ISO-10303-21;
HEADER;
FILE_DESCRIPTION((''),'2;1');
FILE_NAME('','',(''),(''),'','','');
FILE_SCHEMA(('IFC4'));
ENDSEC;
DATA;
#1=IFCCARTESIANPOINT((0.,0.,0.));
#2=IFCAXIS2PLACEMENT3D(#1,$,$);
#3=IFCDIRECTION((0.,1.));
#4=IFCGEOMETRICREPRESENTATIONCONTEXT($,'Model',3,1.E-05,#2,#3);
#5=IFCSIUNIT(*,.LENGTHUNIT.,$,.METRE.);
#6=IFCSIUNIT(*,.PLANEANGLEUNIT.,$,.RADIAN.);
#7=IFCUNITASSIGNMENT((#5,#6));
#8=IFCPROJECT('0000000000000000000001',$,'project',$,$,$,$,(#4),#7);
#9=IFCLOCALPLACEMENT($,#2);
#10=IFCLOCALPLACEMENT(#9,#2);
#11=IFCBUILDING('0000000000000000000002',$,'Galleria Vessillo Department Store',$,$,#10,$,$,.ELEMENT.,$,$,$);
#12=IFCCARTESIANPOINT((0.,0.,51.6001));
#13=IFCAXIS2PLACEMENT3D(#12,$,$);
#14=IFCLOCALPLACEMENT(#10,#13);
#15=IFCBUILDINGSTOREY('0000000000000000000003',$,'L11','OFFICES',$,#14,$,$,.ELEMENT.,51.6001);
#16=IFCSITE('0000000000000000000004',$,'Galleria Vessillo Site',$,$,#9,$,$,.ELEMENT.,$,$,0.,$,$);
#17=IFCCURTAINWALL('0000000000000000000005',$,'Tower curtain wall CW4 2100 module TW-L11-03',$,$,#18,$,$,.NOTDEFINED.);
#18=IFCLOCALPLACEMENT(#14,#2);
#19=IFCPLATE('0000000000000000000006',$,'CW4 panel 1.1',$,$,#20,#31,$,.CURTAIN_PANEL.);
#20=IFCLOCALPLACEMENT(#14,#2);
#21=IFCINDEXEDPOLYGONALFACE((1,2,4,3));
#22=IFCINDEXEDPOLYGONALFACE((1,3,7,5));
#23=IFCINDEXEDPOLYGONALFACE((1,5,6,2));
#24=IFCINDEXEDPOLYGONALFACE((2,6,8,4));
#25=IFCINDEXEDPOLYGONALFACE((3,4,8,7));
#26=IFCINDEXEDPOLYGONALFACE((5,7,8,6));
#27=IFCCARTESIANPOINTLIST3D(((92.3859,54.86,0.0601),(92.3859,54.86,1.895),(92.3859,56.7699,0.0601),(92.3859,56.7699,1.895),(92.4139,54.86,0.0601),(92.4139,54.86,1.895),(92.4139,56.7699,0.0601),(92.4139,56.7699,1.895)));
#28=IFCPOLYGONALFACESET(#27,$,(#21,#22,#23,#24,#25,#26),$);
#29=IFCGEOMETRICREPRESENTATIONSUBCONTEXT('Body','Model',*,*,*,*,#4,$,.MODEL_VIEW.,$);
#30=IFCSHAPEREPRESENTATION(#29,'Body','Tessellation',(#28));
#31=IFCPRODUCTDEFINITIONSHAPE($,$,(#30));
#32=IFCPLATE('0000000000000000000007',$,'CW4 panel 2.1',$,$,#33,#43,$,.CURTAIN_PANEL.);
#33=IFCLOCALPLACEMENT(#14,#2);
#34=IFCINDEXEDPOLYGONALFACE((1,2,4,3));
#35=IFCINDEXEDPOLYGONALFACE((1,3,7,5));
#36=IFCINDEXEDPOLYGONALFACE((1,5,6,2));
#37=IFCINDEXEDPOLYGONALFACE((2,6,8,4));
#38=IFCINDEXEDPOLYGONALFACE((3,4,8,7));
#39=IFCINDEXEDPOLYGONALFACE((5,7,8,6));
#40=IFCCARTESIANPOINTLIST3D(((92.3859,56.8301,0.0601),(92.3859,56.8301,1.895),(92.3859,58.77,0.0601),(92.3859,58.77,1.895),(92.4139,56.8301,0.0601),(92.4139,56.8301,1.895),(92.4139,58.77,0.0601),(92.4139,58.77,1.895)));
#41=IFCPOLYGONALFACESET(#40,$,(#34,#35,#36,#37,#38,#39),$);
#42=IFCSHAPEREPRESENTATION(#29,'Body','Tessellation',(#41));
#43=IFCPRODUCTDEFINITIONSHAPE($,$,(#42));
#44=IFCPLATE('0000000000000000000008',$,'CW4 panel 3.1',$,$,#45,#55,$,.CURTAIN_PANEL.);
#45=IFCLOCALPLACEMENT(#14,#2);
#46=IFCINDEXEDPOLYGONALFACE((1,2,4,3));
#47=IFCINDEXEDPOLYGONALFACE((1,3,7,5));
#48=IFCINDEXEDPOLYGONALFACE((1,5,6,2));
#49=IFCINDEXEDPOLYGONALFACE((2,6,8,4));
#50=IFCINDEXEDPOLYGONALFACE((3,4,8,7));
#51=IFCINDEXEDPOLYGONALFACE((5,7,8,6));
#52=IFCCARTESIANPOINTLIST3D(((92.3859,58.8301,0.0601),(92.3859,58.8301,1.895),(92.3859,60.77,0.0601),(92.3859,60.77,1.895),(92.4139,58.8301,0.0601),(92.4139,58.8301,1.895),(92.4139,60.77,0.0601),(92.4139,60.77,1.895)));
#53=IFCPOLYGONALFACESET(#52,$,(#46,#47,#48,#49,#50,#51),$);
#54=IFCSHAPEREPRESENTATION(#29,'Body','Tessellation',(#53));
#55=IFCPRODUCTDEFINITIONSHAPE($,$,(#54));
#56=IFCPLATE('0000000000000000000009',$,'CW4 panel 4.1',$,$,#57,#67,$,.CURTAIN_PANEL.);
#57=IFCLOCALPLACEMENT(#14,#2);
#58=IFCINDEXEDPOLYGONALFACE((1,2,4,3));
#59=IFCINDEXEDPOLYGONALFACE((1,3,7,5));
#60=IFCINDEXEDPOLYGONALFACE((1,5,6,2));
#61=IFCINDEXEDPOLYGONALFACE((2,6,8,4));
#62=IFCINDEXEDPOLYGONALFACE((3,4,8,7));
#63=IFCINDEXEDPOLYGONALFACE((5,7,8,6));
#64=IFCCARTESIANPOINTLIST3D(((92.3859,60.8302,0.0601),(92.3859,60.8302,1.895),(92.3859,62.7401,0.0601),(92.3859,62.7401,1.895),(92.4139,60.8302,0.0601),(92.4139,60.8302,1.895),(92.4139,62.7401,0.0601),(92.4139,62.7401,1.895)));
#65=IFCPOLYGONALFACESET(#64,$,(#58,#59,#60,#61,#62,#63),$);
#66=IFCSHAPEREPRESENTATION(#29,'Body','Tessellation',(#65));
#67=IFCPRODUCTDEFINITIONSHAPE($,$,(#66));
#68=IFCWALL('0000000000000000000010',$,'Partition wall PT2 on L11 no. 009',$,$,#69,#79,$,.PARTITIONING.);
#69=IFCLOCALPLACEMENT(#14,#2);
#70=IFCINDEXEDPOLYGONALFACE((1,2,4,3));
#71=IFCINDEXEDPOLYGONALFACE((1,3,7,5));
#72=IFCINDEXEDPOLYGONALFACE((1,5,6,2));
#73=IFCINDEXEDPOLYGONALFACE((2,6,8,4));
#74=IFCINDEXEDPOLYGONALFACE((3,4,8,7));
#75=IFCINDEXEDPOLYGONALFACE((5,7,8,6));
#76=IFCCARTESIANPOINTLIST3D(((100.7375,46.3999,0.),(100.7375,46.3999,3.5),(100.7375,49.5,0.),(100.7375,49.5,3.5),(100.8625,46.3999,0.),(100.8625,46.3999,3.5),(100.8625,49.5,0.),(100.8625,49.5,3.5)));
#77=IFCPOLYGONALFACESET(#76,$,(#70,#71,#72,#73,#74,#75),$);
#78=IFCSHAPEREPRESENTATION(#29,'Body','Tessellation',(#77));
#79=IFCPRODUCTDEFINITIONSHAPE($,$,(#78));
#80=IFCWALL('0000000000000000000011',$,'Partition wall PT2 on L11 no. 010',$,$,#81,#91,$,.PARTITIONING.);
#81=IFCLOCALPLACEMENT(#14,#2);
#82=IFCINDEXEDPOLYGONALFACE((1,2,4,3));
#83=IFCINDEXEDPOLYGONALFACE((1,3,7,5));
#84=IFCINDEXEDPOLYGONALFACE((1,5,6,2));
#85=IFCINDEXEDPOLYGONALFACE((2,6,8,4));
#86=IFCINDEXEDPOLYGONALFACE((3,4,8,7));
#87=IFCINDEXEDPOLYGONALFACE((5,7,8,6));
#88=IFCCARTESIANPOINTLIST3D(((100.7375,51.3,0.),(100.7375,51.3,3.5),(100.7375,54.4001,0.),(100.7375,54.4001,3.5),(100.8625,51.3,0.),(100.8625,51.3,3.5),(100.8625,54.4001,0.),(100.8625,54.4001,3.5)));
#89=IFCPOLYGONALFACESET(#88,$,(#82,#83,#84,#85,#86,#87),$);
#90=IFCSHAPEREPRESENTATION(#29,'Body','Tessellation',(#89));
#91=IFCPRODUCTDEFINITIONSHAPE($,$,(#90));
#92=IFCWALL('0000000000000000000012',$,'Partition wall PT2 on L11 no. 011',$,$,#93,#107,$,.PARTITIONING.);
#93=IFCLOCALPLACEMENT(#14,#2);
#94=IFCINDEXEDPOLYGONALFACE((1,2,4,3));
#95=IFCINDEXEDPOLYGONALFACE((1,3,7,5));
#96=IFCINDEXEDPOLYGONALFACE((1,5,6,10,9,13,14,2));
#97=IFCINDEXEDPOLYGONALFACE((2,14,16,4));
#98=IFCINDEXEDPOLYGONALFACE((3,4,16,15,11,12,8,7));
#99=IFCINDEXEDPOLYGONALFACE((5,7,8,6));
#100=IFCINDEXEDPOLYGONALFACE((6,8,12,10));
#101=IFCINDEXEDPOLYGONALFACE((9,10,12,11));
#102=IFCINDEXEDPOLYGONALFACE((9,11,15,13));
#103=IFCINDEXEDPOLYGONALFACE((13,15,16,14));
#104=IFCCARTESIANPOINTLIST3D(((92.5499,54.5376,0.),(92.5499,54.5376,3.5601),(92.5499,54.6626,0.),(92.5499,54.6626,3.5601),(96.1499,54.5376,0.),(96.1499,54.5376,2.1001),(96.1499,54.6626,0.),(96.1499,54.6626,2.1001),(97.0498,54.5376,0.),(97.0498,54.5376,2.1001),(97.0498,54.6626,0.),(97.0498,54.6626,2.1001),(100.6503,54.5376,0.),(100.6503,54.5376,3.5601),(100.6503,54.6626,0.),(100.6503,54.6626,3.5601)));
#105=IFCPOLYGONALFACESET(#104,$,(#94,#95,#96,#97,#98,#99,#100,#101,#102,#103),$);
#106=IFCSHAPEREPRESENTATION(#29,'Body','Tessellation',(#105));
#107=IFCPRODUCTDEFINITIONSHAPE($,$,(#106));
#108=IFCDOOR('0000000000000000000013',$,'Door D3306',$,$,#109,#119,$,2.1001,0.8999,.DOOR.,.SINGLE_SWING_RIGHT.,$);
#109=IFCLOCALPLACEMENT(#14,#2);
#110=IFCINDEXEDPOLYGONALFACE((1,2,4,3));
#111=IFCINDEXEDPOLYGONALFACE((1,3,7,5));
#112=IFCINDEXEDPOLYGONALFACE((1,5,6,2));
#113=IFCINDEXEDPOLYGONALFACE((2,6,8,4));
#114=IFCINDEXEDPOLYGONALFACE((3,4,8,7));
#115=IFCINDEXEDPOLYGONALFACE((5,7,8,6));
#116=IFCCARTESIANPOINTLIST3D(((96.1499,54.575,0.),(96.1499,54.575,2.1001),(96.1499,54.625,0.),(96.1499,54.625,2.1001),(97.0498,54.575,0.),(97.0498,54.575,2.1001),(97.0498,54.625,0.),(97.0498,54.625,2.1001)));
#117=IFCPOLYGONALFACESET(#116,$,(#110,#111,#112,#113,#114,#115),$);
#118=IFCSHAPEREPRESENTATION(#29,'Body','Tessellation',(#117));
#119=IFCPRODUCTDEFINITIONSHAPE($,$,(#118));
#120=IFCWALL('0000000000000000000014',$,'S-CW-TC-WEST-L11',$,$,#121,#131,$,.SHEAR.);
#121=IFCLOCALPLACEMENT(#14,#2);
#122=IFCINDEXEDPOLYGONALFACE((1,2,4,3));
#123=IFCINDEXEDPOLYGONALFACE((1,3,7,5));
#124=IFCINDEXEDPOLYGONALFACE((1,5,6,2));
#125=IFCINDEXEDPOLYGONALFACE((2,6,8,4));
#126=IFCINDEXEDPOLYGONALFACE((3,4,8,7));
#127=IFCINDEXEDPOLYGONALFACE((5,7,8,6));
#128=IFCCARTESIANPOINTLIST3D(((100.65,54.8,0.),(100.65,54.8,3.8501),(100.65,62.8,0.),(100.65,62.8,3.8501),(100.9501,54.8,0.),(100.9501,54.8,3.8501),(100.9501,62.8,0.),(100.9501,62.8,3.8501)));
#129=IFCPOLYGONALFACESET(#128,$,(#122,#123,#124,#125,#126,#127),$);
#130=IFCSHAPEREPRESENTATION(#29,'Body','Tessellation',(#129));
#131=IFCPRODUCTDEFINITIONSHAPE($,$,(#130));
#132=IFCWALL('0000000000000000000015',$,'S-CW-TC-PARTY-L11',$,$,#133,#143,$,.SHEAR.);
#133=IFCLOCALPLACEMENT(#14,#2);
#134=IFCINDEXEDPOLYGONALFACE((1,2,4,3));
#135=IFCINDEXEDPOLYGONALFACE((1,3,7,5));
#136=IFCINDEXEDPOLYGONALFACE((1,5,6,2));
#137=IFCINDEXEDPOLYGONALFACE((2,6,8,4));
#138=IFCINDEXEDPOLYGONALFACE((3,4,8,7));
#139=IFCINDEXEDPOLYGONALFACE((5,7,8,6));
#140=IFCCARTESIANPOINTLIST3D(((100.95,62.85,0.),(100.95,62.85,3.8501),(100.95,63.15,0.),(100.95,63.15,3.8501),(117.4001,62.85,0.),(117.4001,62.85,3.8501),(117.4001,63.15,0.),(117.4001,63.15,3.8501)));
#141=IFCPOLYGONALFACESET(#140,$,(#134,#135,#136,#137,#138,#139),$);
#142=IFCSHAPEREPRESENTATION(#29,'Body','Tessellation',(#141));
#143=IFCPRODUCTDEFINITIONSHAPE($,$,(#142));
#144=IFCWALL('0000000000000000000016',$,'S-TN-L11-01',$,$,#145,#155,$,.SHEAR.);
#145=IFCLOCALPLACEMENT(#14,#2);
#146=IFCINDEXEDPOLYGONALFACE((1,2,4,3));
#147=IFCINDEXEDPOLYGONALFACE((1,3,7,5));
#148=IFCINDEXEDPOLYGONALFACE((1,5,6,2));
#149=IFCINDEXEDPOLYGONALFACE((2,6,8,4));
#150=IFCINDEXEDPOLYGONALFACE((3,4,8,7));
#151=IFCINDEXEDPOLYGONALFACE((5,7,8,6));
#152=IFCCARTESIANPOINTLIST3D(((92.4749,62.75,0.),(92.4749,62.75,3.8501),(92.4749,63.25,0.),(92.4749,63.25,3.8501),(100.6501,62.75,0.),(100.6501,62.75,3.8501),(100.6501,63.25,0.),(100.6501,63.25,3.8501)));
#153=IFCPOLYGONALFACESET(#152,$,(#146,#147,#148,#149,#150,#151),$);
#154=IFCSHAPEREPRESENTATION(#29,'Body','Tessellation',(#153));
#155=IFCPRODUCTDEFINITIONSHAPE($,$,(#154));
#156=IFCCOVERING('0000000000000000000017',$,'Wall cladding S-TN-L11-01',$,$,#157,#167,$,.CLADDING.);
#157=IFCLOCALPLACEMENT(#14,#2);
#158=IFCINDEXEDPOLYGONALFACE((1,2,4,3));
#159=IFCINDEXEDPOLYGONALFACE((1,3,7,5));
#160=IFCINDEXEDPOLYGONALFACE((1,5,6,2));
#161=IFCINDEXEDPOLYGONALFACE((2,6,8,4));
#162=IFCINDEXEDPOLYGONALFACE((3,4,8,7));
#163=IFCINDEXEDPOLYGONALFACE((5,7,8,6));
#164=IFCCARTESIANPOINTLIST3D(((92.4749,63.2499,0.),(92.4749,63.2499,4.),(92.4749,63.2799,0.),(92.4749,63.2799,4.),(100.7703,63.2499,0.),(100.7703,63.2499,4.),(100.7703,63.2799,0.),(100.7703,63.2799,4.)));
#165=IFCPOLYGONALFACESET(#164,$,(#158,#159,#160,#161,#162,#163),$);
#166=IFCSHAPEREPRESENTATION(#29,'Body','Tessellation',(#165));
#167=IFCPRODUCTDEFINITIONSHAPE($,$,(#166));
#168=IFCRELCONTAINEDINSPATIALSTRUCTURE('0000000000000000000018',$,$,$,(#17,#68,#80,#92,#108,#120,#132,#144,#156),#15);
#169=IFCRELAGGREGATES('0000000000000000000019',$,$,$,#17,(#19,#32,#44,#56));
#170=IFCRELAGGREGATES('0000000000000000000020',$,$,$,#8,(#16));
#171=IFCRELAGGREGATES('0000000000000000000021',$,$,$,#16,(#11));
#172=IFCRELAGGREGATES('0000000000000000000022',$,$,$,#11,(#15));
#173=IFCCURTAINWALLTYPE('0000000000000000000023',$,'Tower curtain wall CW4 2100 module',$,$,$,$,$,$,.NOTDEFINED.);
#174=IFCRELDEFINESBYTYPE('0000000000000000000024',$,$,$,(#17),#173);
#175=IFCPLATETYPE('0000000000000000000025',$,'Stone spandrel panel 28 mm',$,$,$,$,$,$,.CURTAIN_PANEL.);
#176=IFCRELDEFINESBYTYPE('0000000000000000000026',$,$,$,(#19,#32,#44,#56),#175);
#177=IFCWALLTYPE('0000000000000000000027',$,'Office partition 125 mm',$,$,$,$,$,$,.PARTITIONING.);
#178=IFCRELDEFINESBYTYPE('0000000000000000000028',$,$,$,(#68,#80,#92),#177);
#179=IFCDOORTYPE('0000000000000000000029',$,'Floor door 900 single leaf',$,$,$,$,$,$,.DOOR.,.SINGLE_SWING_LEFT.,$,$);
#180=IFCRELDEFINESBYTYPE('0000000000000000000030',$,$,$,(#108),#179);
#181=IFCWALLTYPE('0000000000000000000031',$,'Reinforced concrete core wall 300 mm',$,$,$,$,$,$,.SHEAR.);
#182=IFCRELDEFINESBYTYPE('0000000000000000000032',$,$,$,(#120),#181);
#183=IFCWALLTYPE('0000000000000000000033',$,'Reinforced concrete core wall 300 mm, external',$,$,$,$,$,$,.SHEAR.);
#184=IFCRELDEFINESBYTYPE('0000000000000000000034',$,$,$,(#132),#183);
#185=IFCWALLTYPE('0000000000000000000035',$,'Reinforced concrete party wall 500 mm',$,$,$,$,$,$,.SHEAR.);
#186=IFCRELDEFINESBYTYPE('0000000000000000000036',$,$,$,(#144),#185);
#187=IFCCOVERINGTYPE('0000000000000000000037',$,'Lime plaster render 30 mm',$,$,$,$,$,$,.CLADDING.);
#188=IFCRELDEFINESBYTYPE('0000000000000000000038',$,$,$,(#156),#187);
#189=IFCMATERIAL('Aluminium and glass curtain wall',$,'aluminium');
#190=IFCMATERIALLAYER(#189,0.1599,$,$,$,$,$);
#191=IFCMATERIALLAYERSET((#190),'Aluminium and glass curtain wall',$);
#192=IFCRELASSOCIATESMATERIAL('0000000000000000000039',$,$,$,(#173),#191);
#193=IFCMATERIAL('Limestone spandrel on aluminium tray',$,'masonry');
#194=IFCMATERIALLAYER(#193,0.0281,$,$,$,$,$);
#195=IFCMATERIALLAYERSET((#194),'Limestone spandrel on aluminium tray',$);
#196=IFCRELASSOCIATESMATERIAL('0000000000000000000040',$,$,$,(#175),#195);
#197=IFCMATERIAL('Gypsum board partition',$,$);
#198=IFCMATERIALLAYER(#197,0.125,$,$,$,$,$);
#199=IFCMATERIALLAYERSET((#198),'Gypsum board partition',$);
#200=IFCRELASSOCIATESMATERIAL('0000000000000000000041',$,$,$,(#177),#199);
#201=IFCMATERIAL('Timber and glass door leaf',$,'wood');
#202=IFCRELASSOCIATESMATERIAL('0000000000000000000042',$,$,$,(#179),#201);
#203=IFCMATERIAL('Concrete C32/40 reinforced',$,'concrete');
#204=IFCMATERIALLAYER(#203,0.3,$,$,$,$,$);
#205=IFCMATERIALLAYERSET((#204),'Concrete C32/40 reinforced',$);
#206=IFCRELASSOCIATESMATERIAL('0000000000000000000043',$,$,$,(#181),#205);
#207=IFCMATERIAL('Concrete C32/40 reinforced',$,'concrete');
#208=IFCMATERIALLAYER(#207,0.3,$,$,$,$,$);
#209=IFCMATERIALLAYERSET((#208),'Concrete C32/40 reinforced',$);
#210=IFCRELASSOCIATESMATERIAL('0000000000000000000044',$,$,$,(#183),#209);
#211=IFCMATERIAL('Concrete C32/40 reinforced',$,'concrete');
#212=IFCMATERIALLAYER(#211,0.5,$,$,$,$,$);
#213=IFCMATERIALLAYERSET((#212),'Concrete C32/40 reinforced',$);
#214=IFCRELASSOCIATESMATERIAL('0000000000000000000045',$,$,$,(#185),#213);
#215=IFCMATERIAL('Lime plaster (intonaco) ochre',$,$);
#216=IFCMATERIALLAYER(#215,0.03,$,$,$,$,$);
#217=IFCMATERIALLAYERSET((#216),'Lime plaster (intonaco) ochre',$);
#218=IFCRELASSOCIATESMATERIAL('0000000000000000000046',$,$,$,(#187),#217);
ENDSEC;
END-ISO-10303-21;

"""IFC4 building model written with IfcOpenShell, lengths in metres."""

from ifc_helpers import new_model, si_unit, direction, frame, frame_2d, origin, origin_2d, place, context, subcontext, project, spatial, rectangle, extrude, material, layer, layer_set, type_object, element, fill, aggregate, save


model = new_model("IFC4")

# Units and contexts
model_context = context("Model", 3, precision=1e-05, world=origin(), true_north=direction((0.0, 1.0)))
body_context = subcontext(model_context, "Body", "Model", "MODEL_VIEW")
ifc_project = project(units=[si_unit("LENGTHUNIT", "METRE"), si_unit("PLANEANGLEUNIT", "RADIAN")], contexts=[model_context])

# Site, building, storey
site_placement = place(None, origin())
site = spatial("IfcSite", under=ifc_project, at=site_placement, Name="Galleria Vessillo Site", CompositionType="ELEMENT", RefElevation=0.0)
building_placement = place(site_placement, origin())
building = spatial("IfcBuilding", under=site, at=building_placement, Name="Galleria Vessillo Department Store", CompositionType="ELEMENT")
storey_placement = place(building_placement, frame((0.0, 0.0, 51.6001)))
storey = spatial("IfcBuildingStorey", under=building, at=storey_placement, Name="L11", Description="OFFICES", CompositionType="ELEMENT", Elevation=51.6001)

# Curtain wall
ifc_material_1 = material(Name="Aluminium and glass curtain wall", Category="aluminium")
ifc_layer_1 = layer(ifc_material_1, 0.1599)
ifc_layer_set_1 = layer_set([ifc_layer_1], Name="Aluminium and glass curtain wall")
curtain_wall_type = type_object("IfcCurtainWallType", Name="Tower curtain wall CW4 2100 module", PredefinedType="NOTDEFINED", material=ifc_layer_set_1)
curtain_wall_placement = place(storey_placement, origin())
curtain_wall = element("IfcCurtainWall", 1, at=curtain_wall_placement, inside=storey, type_object=curtain_wall_type, Name="Tower curtain wall CW4 2100 module TW-L11-03", PredefinedType="NOTDEFINED")

# Plates
ifc_material_2 = material(Name="Limestone spandrel on aluminium tray", Category="masonry")
ifc_layer_2 = layer(ifc_material_2, 0.0281)
ifc_layer_set_2 = layer_set([ifc_layer_2], Name="Limestone spandrel on aluminium tray")
plate_type_1 = type_object("IfcPlateType", Name="Stone spandrel panel 28 mm", PredefinedType="CURTAIN_PANEL", material=ifc_layer_set_2)
plate_1_placement = place(storey_placement, frame((92.3999, 55.8149, 0.0601), z_axis=(0.0, 0.0, 1.0), x_axis=(0.0, 1.0, 0.0)))
plate_1 = element("IfcPlate", 2, at=plate_1_placement, type_object=plate_type_1, Name="CW4 panel 1.1", PredefinedType="CURTAIN_PANEL", context=body_context, shape_type="SweptSolid", body=[
    extrude(rectangle(XDim=1.9099, YDim=0.0281, at=origin_2d()), origin(), (0.0, 0.0, 1.0), 1.835),
])
plate_2_placement = place(storey_placement, frame((92.3999, 57.8, 0.0601), z_axis=(0.0, 0.0, 1.0), x_axis=(0.0, 1.0, 0.0)))
plate_2 = element("IfcPlate", 3, at=plate_2_placement, type_object=plate_type_1, Name="CW4 panel 2.1", PredefinedType="CURTAIN_PANEL", context=body_context, shape_type="SweptSolid", body=[
    extrude(rectangle(XDim=1.9399, YDim=0.0281, at=origin_2d()), origin(), (0.0, 0.0, 1.0), 1.835),
])
plate_3_placement = place(storey_placement, frame((92.3999, 59.8, 0.0601), z_axis=(0.0, 0.0, 1.0), x_axis=(0.0, 1.0, 0.0)))
plate_3 = element("IfcPlate", 4, at=plate_3_placement, type_object=plate_type_1, Name="CW4 panel 3.1", PredefinedType="CURTAIN_PANEL", context=body_context, shape_type="SweptSolid", body=[
    extrude(rectangle(XDim=1.9399, YDim=0.0281, at=origin_2d()), origin(), (0.0, 0.0, 1.0), 1.835),
])
plate_4_placement = place(storey_placement, frame((92.3999, 61.7852, 0.0601), z_axis=(0.0, 0.0, 1.0), x_axis=(0.0, 1.0, 0.0)))
plate_4 = element("IfcPlate", 5, at=plate_4_placement, type_object=plate_type_1, Name="CW4 panel 4.1", PredefinedType="CURTAIN_PANEL", context=body_context, shape_type="SweptSolid", body=[
    extrude(rectangle(XDim=1.9099, YDim=0.0281, at=origin_2d()), origin(), (0.0, 0.0, 1.0), 1.835),
])
aggregate(curtain_wall, [plate_1, plate_2, plate_3, plate_4])

# Walls
ifc_material_3 = material(Name="Gypsum board partition")
ifc_layer_3 = layer(ifc_material_3, 0.125)
ifc_layer_set_3 = layer_set([ifc_layer_3], Name="Gypsum board partition")
wall_type_1 = type_object("IfcWallType", Name="Office partition 125 mm", PredefinedType="PARTITIONING", material=ifc_layer_set_3)
for number, where, z_axis, x_axis, name in (
    (6, (100.8, 46.3999, 0.0), (0.0, 0.0, 1.0), (0.0, 1.0, 0.0), "Partition wall PT2 on L11 no. 009"),
    (7, (100.8, 51.3, 0.0), (0.0, 0.0, 1.0), (0.0, 1.0, 0.0), "Partition wall PT2 on L11 no. 010"),
):
    element("IfcWall", number, at=place(storey_placement, frame(where, z_axis=z_axis, x_axis=x_axis)), inside=storey, type_object=wall_type_1, Name=name, PredefinedType="PARTITIONING", context=body_context, shape_type="SweptSolid", body=[
        extrude(rectangle(XDim=3.1001, YDim=0.125, at=frame_2d((1.55, 0.0))), origin(), (0.0, 0.0, 1.0), 3.5),
    ])

# Wall, opening, door
wall_1_placement = place(storey_placement, frame((92.5498, 54.6001, 0.0), z_axis=(0.0, 0.0, 1.0), x_axis=(1.0, 0.0, 0.0)))
wall_1 = element("IfcWall", 8, at=wall_1_placement, inside=storey, type_object=wall_type_1, Name="Partition wall PT2 on L11 no. 011", PredefinedType="PARTITIONING", context=body_context, shape_type="SweptSolid", body=[
    extrude(rectangle(XDim=8.1003, YDim=0.125, at=frame_2d((4.0503, 0.0))), origin(), (0.0, 0.0, 1.0), 3.5601),
])
opening_placement = place(wall_1_placement, frame((3.6001, 0.0, 0.0)))
opening = element("IfcOpeningElement", 9, at=opening_placement, cuts=wall_1, PredefinedType="OPENING", context=body_context, shape_type="SweptSolid", body=[
    extrude(rectangle(XDim=0.8999, YDim=2.1001, at=frame_2d((0.45, 1.05))), frame((0.0, 0.0725, 0.0), z_axis=(0.0, -1.0, 0.0), x_axis=(1.0, 0.0, 0.0)), (0.0, 0.0, 1.0), 0.145),
])
ifc_material_4 = material(Name="Timber and glass door leaf", Category="wood")
door_type = type_object("IfcDoorType", Name="Floor door 900 single leaf", OperationType="SINGLE_SWING_LEFT", PredefinedType="DOOR", material=ifc_material_4)
door_placement = place(opening_placement, origin())
door = element("IfcDoor", 10, at=door_placement, inside=storey, type_object=door_type, Name="Door D3306", OperationType="SINGLE_SWING_RIGHT", OverallHeight=2.1001, OverallWidth=0.8999, PredefinedType="DOOR", context=body_context, shape_type="SweptSolid", body=[
    extrude(rectangle(XDim=0.8999, YDim=2.1001, at=frame_2d((0.45, 1.05))), frame((0.0, 0.0249, 0.0), z_axis=(0.0, -1.0, 0.0), x_axis=(1.0, 0.0, 0.0)), (0.0, 0.0, 1.0), 0.05),
])
fill(opening, door)

# Walls
ifc_material_5 = material(Name="Concrete C32/40 reinforced", Category="concrete")
ifc_layer_4 = layer(ifc_material_5, 0.3)
ifc_layer_set_4 = layer_set([ifc_layer_4], Name="Concrete C32/40 reinforced")
wall_type_2 = type_object("IfcWallType", Name="Reinforced concrete core wall 300 mm", PredefinedType="SHEAR", material=ifc_layer_set_4)
wall_2_placement = place(storey_placement, frame((100.8, 54.8, 0.0), z_axis=(0.0, 0.0, 1.0), x_axis=(0.0, 1.0, 0.0)))
element("IfcWall", 11, at=wall_2_placement, inside=storey, type_object=wall_type_2, Name="S-CW-TC-WEST-L11", PredefinedType="SHEAR", context=body_context, shape_type="SweptSolid", body=[
    extrude(rectangle(XDim=8.0, YDim=0.3, at=frame_2d((4.0, 0.0))), origin(), (0.0, 0.0, 1.0), 3.8501),
])
ifc_material_6 = material(Name="Concrete C32/40 reinforced", Category="concrete")
ifc_layer_5 = layer(ifc_material_6, 0.3)
ifc_layer_set_5 = layer_set([ifc_layer_5], Name="Concrete C32/40 reinforced")
wall_type_3 = type_object("IfcWallType", Name="Reinforced concrete core wall 300 mm, external", PredefinedType="SHEAR", material=ifc_layer_set_5)
wall_3_placement = place(storey_placement, frame((100.95, 63.0, 0.0), z_axis=(0.0, 0.0, 1.0), x_axis=(1.0, 0.0, 0.0)))
element("IfcWall", 12, at=wall_3_placement, inside=storey, type_object=wall_type_3, Name="S-CW-TC-PARTY-L11", PredefinedType="SHEAR", context=body_context, shape_type="SweptSolid", body=[
    extrude(rectangle(XDim=16.4502, YDim=0.3, at=frame_2d((8.2251, 0.0))), origin(), (0.0, 0.0, 1.0), 3.8501),
])
ifc_material_7 = material(Name="Concrete C32/40 reinforced", Category="concrete")
ifc_layer_6 = layer(ifc_material_7, 0.5)
ifc_layer_set_6 = layer_set([ifc_layer_6], Name="Concrete C32/40 reinforced")
wall_type_4 = type_object("IfcWallType", Name="Reinforced concrete party wall 500 mm", PredefinedType="SHEAR", material=ifc_layer_set_6)
wall_4_placement = place(storey_placement, frame((92.4749, 63.0, 0.0), z_axis=(0.0, 0.0, 1.0), x_axis=(1.0, 0.0, 0.0)))
element("IfcWall", 13, at=wall_4_placement, inside=storey, type_object=wall_type_4, Name="S-TN-L11-01", PredefinedType="SHEAR", context=body_context, shape_type="SweptSolid", body=[
    extrude(rectangle(XDim=8.1753, YDim=0.5, at=frame_2d((4.0876, 0.0))), origin(), (0.0, 0.0, 1.0), 3.8501),
])

# Covering
ifc_material_8 = material(Name="Lime plaster (intonaco) ochre")
ifc_layer_7 = layer(ifc_material_8, 0.03)
ifc_layer_set_7 = layer_set([ifc_layer_7], Name="Lime plaster (intonaco) ochre")
covering_type = type_object("IfcCoveringType", Name="Lime plaster render 30 mm", PredefinedType="CLADDING", material=ifc_layer_set_7)
covering_placement = place(storey_placement, frame((96.6226, 63.2649, 0.0), z_axis=(0.0, 0.0, 1.0), x_axis=(1.0, 0.0, 0.0)))
element("IfcCovering", 14, at=covering_placement, inside=storey, type_object=covering_type, Name="Wall cladding S-TN-L11-01", PredefinedType="CLADDING", context=body_context, shape_type="SweptSolid", body=[
    extrude(rectangle(XDim=8.2954, YDim=0.03, at=origin_2d()), origin(), (0.0, 0.0, 1.0), 4.0),
])

save(model, "model.ifc")
